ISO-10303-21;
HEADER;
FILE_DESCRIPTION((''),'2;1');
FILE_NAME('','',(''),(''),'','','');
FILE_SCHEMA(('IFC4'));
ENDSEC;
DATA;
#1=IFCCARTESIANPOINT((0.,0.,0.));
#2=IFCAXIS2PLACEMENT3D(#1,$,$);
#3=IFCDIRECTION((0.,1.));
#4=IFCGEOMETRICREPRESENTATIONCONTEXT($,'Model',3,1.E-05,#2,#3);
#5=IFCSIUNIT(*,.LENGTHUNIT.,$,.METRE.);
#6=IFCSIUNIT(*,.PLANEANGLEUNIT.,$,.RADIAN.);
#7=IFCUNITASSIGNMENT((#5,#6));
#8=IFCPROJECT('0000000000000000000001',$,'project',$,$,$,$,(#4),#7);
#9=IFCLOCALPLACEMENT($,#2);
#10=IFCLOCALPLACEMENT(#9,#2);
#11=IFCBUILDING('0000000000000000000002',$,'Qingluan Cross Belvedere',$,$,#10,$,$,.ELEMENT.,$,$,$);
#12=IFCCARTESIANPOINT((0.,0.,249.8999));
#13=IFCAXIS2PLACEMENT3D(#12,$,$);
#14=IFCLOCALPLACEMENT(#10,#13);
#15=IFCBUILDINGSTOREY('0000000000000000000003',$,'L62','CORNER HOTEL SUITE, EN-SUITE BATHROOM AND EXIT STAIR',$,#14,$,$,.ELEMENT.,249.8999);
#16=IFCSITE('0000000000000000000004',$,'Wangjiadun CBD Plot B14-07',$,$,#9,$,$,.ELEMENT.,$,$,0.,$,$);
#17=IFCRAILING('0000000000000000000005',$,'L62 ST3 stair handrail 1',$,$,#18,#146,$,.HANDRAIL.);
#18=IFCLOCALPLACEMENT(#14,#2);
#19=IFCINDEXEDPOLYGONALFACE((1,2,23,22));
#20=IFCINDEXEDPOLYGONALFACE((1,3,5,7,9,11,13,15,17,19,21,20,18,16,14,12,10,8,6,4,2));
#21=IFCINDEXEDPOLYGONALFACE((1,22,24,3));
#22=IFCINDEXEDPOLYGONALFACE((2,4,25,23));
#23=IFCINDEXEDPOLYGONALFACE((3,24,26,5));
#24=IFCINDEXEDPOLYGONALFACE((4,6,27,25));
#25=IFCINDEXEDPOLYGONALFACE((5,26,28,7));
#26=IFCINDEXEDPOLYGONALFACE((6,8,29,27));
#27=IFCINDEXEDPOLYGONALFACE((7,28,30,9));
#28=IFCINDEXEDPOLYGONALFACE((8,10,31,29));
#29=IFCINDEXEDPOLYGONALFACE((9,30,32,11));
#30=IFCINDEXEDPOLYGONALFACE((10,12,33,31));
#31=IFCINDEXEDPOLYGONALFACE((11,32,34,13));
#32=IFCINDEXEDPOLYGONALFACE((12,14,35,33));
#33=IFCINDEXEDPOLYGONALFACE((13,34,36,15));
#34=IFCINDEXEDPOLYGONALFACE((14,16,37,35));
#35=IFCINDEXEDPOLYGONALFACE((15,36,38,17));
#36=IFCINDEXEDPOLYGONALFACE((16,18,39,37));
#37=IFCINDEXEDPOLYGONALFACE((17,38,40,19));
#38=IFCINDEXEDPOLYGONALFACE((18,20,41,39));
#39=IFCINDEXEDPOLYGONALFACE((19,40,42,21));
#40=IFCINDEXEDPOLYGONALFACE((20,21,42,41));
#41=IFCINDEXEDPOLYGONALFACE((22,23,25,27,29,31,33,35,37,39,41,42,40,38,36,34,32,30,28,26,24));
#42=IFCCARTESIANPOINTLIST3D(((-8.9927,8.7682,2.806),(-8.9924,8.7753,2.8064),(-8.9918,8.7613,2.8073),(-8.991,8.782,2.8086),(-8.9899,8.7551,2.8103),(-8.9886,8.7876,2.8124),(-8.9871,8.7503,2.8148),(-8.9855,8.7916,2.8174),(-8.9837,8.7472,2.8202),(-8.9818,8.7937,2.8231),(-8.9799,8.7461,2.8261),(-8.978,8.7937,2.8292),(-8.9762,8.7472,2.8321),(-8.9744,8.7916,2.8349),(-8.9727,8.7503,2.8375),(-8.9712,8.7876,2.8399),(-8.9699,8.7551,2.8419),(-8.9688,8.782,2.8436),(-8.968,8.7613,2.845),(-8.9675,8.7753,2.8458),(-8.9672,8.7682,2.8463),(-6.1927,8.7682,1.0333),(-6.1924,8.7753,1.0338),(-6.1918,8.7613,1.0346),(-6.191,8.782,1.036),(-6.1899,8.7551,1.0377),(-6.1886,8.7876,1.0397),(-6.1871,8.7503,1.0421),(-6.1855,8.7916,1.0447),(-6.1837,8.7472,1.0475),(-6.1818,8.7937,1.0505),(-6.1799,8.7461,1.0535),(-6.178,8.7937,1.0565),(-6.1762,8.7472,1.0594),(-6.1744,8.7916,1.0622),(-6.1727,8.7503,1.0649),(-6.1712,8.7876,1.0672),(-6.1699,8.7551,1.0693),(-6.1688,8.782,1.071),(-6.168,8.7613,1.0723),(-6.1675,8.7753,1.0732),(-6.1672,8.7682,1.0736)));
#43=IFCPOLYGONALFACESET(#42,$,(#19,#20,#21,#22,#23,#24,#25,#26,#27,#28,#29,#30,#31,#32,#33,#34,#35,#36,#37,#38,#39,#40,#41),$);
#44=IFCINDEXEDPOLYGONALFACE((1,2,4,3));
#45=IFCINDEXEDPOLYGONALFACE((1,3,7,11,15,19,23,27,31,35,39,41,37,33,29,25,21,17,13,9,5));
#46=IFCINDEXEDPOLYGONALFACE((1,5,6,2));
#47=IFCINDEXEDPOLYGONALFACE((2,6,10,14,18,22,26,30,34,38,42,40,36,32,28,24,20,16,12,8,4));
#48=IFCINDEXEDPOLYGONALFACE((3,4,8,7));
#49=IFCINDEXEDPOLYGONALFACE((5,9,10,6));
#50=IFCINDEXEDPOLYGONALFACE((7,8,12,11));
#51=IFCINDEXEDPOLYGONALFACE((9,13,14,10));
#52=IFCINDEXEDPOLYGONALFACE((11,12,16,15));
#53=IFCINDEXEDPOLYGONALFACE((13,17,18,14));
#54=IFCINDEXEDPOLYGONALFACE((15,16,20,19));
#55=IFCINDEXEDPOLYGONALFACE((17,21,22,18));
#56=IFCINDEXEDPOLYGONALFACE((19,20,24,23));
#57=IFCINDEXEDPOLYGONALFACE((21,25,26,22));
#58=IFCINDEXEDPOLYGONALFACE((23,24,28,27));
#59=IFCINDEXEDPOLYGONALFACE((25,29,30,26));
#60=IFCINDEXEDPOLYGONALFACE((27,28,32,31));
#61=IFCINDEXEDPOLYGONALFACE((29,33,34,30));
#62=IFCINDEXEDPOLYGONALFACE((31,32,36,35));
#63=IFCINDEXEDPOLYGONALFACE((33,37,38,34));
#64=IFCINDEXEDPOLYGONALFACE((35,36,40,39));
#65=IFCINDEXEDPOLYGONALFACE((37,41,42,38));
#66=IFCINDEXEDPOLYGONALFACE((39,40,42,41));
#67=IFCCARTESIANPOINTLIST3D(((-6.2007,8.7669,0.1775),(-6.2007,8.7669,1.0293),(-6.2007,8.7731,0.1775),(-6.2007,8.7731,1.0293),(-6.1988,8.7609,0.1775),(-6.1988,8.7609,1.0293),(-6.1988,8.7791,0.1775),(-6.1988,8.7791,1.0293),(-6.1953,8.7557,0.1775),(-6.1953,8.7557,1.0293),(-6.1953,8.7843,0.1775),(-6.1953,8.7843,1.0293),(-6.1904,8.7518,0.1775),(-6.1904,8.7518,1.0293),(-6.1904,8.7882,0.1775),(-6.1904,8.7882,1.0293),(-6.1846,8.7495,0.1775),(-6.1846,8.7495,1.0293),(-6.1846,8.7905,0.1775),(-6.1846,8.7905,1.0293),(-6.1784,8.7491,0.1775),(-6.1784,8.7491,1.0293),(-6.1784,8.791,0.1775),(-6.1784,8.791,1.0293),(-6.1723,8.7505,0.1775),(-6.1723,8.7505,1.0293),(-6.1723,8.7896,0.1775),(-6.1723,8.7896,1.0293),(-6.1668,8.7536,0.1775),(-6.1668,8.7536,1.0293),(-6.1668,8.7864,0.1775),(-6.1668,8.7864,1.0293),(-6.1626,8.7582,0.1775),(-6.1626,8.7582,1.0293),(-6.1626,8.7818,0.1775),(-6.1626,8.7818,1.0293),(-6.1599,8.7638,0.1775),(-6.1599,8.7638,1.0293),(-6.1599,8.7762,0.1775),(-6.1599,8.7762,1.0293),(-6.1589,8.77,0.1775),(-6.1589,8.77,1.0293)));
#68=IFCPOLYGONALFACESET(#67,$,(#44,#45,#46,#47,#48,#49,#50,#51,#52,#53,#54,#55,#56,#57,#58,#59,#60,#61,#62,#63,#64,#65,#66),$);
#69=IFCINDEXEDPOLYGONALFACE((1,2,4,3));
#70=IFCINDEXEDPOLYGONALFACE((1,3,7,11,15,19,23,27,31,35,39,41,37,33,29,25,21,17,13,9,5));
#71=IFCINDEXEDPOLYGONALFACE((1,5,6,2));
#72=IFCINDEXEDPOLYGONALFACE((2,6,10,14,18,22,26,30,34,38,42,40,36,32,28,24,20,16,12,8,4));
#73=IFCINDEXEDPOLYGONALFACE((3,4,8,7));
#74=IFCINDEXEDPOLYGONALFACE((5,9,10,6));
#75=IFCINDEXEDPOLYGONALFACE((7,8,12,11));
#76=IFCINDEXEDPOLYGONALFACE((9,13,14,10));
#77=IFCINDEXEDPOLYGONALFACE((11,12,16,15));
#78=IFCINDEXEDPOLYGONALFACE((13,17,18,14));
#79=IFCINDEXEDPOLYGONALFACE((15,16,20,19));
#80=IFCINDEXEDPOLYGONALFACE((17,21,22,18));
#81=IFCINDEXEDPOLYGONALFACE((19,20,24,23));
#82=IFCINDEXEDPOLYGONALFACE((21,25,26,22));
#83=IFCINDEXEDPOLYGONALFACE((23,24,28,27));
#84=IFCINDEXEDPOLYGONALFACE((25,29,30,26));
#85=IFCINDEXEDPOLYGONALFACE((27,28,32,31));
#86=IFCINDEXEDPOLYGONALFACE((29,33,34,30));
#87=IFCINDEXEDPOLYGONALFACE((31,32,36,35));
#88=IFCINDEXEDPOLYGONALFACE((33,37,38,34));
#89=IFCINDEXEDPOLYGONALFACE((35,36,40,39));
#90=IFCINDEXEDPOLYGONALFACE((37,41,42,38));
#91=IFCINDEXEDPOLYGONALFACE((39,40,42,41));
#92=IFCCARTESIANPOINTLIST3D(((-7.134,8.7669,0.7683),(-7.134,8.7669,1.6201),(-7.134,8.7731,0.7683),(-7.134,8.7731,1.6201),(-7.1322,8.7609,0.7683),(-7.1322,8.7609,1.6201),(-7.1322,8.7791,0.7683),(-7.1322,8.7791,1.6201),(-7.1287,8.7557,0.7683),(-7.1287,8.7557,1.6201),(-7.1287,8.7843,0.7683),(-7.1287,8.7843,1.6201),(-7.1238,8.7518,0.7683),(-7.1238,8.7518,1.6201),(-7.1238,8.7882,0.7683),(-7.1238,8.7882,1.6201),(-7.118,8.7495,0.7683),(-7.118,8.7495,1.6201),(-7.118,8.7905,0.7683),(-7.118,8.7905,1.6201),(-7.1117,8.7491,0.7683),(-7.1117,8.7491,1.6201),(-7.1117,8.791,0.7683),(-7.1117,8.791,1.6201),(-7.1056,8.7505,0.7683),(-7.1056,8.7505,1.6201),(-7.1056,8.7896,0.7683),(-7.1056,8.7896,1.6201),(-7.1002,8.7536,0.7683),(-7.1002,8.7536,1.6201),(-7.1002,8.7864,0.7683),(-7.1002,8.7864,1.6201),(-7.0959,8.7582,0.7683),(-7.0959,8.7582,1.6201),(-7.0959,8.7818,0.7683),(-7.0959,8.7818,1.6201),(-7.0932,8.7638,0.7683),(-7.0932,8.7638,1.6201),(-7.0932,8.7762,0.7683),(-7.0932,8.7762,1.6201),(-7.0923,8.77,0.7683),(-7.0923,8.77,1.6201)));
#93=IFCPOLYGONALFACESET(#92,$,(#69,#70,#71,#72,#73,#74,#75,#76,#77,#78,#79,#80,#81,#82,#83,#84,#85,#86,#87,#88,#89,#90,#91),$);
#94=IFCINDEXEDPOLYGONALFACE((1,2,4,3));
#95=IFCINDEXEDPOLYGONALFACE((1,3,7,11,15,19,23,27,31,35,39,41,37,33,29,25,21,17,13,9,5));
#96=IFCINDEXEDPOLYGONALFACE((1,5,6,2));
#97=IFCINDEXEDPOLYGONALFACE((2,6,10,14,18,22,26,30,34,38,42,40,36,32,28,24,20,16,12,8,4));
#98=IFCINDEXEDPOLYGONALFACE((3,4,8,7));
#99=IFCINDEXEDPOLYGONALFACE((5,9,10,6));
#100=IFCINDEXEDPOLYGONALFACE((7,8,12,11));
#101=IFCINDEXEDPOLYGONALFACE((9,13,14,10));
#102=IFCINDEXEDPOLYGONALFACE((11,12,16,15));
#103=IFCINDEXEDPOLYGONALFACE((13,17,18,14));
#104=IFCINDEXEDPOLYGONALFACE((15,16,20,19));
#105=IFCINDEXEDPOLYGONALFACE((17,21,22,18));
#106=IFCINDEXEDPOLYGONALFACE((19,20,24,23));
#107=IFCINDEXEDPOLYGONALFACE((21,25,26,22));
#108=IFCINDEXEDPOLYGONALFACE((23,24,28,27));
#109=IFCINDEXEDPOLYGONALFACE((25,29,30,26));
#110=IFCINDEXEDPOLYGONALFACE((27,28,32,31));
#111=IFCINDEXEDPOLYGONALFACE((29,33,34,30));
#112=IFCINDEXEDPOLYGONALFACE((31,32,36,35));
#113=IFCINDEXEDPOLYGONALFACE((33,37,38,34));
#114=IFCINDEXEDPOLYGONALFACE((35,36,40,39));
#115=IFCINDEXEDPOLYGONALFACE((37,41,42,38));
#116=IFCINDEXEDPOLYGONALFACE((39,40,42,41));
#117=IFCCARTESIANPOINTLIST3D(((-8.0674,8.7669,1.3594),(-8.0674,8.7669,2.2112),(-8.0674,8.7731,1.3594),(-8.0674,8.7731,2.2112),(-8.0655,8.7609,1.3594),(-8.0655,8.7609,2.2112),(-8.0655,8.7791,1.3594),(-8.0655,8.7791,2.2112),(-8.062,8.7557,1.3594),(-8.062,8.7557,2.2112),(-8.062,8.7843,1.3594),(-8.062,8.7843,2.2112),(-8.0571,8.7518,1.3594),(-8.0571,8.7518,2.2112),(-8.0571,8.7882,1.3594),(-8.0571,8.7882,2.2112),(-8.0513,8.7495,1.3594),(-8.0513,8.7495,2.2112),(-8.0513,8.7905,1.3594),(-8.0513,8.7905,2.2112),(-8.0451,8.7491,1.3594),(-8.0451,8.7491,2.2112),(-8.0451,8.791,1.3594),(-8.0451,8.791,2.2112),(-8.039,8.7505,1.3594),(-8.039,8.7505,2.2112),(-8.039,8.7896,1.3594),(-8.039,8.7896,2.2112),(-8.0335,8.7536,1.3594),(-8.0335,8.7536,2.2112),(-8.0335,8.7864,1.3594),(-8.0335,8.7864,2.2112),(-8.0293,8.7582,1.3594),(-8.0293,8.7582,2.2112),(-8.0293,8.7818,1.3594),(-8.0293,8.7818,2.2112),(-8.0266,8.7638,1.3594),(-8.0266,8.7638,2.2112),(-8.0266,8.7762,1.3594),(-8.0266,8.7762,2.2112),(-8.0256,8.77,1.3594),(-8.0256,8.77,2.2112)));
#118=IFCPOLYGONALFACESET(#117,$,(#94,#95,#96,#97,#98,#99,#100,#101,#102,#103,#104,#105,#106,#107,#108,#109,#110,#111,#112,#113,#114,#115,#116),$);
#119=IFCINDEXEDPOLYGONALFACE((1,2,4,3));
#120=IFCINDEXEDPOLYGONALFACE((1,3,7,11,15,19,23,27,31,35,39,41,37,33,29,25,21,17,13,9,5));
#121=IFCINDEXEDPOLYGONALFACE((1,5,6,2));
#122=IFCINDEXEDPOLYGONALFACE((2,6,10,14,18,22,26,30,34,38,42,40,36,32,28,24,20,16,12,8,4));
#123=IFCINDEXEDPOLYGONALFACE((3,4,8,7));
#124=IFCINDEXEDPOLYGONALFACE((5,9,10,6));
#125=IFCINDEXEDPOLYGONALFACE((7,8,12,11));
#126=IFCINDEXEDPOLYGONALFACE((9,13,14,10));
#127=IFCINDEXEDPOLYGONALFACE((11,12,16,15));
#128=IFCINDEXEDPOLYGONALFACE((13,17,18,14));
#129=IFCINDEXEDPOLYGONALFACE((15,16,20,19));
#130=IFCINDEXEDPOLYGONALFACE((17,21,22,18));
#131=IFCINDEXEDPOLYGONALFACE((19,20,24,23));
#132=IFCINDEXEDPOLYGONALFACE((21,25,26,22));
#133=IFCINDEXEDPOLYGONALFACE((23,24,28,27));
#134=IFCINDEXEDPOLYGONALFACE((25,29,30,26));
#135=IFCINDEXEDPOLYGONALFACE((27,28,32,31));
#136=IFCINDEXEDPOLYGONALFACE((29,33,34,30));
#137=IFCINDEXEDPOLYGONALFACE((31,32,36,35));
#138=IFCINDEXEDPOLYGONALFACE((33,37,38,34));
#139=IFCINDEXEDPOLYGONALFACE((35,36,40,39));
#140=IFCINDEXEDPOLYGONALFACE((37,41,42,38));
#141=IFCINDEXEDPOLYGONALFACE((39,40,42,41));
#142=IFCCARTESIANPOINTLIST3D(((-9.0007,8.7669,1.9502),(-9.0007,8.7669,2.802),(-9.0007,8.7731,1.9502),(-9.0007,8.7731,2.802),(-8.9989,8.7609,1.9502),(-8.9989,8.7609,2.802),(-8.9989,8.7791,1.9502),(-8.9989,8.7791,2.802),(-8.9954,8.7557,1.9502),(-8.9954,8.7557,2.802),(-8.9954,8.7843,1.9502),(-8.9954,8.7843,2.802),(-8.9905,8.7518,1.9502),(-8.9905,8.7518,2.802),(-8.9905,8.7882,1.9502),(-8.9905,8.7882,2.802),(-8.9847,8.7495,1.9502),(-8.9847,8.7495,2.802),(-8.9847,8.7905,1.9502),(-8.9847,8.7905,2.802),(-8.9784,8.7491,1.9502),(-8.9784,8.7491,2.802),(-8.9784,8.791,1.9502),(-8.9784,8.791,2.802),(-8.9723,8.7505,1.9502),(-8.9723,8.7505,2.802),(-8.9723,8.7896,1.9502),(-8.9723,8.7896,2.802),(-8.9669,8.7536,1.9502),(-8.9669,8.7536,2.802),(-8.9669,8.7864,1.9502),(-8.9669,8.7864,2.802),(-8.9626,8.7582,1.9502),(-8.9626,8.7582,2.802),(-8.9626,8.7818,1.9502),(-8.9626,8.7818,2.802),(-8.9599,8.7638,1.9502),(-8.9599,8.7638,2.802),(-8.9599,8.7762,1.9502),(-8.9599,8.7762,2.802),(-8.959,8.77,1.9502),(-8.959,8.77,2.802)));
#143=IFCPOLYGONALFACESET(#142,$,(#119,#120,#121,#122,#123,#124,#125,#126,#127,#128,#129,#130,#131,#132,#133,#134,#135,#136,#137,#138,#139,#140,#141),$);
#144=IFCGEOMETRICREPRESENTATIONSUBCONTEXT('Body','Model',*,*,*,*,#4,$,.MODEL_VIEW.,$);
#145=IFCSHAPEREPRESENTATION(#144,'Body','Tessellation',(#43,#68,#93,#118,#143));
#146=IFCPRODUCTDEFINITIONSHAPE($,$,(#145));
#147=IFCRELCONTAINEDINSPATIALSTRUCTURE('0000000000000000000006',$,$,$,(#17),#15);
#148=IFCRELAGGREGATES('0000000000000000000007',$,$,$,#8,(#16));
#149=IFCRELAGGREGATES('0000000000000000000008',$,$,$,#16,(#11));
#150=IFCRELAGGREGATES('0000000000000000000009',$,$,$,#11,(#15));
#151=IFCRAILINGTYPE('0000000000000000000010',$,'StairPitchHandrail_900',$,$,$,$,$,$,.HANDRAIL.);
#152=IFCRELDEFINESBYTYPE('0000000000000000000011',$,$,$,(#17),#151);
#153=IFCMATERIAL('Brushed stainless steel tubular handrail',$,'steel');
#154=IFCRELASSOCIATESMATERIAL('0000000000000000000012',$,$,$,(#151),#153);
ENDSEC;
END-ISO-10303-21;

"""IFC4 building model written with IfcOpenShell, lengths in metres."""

from ifc_helpers import new_model, si_unit, direction, frame, origin, origin_2d, place, context, subcontext, project, spatial, circle, extrude, material, type_object, element, save


model = new_model("IFC4")

# Units and contexts
model_context = context("Model", 3, precision=1e-05, world=origin(), true_north=direction((0.0, 1.0)))
body_context = subcontext(model_context, "Body", "Model", "MODEL_VIEW")
ifc_project = project(units=[si_unit("LENGTHUNIT", "METRE"), si_unit("PLANEANGLEUNIT", "RADIAN")], contexts=[model_context])

# Site, building, storey
site_placement = place(None, origin())
site = spatial("IfcSite", under=ifc_project, at=site_placement, Name="Wangjiadun CBD Plot B14-07", CompositionType="ELEMENT", RefElevation=0.0)
building_placement = place(site_placement, origin())
building = spatial("IfcBuilding", under=site, at=building_placement, Name="Qingluan Cross Belvedere", CompositionType="ELEMENT")
storey_placement = place(building_placement, frame((0.0, 0.0, 249.8999)))
storey = spatial("IfcBuildingStorey", under=building, at=storey_placement, Name="L62", Description="CORNER HOTEL SUITE, EN-SUITE BATHROOM AND EXIT STAIR", CompositionType="ELEMENT", Elevation=249.8999)

# Railing
ifc_material_1 = material(Name="Brushed stainless steel tubular handrail", Category="steel")
railing_type_1 = type_object("IfcRailingType", Name="StairPitchHandrail_900", PredefinedType="HANDRAIL", material=ifc_material_1)
railing_1_placement = place(storey_placement, frame((-6.1799, 8.77, 0.1775)))
element("IfcRailing", 1, at=railing_1_placement, inside=storey, type_object=railing_type_1, Name="L62 ST3 stair handrail 1", PredefinedType="HANDRAIL", context=body_context, shape_type="SweptSolid", body=[
    extrude(circle(Radius=0.0239, at=origin_2d()), frame((0.0, 0.0, 0.876), z_axis=(-0.844909, 0.0, 0.53491), x_axis=(0.0, -1.0, 0.0)), (0.0, 0.0, 1.0), 3.314),
    extrude(circle(Radius=0.021, at=origin_2d()), origin(), (0.0, 0.0, 1.0), 0.8518),
    extrude(circle(Radius=0.021, at=origin_2d()), frame((-0.9333, 0.0, 0.5908)), (0.0, 0.0, 1.0), 0.8518),
    extrude(circle(Radius=0.021, at=origin_2d()), frame((-1.8667, 0.0, 1.1819)), (0.0, 0.0, 1.0), 0.8518),
    extrude(circle(Radius=0.021, at=origin_2d()), frame((-2.8, 0.0, 1.7727)), (0.0, 0.0, 1.0), 0.8518),
])

save(model, "model.ifc")
